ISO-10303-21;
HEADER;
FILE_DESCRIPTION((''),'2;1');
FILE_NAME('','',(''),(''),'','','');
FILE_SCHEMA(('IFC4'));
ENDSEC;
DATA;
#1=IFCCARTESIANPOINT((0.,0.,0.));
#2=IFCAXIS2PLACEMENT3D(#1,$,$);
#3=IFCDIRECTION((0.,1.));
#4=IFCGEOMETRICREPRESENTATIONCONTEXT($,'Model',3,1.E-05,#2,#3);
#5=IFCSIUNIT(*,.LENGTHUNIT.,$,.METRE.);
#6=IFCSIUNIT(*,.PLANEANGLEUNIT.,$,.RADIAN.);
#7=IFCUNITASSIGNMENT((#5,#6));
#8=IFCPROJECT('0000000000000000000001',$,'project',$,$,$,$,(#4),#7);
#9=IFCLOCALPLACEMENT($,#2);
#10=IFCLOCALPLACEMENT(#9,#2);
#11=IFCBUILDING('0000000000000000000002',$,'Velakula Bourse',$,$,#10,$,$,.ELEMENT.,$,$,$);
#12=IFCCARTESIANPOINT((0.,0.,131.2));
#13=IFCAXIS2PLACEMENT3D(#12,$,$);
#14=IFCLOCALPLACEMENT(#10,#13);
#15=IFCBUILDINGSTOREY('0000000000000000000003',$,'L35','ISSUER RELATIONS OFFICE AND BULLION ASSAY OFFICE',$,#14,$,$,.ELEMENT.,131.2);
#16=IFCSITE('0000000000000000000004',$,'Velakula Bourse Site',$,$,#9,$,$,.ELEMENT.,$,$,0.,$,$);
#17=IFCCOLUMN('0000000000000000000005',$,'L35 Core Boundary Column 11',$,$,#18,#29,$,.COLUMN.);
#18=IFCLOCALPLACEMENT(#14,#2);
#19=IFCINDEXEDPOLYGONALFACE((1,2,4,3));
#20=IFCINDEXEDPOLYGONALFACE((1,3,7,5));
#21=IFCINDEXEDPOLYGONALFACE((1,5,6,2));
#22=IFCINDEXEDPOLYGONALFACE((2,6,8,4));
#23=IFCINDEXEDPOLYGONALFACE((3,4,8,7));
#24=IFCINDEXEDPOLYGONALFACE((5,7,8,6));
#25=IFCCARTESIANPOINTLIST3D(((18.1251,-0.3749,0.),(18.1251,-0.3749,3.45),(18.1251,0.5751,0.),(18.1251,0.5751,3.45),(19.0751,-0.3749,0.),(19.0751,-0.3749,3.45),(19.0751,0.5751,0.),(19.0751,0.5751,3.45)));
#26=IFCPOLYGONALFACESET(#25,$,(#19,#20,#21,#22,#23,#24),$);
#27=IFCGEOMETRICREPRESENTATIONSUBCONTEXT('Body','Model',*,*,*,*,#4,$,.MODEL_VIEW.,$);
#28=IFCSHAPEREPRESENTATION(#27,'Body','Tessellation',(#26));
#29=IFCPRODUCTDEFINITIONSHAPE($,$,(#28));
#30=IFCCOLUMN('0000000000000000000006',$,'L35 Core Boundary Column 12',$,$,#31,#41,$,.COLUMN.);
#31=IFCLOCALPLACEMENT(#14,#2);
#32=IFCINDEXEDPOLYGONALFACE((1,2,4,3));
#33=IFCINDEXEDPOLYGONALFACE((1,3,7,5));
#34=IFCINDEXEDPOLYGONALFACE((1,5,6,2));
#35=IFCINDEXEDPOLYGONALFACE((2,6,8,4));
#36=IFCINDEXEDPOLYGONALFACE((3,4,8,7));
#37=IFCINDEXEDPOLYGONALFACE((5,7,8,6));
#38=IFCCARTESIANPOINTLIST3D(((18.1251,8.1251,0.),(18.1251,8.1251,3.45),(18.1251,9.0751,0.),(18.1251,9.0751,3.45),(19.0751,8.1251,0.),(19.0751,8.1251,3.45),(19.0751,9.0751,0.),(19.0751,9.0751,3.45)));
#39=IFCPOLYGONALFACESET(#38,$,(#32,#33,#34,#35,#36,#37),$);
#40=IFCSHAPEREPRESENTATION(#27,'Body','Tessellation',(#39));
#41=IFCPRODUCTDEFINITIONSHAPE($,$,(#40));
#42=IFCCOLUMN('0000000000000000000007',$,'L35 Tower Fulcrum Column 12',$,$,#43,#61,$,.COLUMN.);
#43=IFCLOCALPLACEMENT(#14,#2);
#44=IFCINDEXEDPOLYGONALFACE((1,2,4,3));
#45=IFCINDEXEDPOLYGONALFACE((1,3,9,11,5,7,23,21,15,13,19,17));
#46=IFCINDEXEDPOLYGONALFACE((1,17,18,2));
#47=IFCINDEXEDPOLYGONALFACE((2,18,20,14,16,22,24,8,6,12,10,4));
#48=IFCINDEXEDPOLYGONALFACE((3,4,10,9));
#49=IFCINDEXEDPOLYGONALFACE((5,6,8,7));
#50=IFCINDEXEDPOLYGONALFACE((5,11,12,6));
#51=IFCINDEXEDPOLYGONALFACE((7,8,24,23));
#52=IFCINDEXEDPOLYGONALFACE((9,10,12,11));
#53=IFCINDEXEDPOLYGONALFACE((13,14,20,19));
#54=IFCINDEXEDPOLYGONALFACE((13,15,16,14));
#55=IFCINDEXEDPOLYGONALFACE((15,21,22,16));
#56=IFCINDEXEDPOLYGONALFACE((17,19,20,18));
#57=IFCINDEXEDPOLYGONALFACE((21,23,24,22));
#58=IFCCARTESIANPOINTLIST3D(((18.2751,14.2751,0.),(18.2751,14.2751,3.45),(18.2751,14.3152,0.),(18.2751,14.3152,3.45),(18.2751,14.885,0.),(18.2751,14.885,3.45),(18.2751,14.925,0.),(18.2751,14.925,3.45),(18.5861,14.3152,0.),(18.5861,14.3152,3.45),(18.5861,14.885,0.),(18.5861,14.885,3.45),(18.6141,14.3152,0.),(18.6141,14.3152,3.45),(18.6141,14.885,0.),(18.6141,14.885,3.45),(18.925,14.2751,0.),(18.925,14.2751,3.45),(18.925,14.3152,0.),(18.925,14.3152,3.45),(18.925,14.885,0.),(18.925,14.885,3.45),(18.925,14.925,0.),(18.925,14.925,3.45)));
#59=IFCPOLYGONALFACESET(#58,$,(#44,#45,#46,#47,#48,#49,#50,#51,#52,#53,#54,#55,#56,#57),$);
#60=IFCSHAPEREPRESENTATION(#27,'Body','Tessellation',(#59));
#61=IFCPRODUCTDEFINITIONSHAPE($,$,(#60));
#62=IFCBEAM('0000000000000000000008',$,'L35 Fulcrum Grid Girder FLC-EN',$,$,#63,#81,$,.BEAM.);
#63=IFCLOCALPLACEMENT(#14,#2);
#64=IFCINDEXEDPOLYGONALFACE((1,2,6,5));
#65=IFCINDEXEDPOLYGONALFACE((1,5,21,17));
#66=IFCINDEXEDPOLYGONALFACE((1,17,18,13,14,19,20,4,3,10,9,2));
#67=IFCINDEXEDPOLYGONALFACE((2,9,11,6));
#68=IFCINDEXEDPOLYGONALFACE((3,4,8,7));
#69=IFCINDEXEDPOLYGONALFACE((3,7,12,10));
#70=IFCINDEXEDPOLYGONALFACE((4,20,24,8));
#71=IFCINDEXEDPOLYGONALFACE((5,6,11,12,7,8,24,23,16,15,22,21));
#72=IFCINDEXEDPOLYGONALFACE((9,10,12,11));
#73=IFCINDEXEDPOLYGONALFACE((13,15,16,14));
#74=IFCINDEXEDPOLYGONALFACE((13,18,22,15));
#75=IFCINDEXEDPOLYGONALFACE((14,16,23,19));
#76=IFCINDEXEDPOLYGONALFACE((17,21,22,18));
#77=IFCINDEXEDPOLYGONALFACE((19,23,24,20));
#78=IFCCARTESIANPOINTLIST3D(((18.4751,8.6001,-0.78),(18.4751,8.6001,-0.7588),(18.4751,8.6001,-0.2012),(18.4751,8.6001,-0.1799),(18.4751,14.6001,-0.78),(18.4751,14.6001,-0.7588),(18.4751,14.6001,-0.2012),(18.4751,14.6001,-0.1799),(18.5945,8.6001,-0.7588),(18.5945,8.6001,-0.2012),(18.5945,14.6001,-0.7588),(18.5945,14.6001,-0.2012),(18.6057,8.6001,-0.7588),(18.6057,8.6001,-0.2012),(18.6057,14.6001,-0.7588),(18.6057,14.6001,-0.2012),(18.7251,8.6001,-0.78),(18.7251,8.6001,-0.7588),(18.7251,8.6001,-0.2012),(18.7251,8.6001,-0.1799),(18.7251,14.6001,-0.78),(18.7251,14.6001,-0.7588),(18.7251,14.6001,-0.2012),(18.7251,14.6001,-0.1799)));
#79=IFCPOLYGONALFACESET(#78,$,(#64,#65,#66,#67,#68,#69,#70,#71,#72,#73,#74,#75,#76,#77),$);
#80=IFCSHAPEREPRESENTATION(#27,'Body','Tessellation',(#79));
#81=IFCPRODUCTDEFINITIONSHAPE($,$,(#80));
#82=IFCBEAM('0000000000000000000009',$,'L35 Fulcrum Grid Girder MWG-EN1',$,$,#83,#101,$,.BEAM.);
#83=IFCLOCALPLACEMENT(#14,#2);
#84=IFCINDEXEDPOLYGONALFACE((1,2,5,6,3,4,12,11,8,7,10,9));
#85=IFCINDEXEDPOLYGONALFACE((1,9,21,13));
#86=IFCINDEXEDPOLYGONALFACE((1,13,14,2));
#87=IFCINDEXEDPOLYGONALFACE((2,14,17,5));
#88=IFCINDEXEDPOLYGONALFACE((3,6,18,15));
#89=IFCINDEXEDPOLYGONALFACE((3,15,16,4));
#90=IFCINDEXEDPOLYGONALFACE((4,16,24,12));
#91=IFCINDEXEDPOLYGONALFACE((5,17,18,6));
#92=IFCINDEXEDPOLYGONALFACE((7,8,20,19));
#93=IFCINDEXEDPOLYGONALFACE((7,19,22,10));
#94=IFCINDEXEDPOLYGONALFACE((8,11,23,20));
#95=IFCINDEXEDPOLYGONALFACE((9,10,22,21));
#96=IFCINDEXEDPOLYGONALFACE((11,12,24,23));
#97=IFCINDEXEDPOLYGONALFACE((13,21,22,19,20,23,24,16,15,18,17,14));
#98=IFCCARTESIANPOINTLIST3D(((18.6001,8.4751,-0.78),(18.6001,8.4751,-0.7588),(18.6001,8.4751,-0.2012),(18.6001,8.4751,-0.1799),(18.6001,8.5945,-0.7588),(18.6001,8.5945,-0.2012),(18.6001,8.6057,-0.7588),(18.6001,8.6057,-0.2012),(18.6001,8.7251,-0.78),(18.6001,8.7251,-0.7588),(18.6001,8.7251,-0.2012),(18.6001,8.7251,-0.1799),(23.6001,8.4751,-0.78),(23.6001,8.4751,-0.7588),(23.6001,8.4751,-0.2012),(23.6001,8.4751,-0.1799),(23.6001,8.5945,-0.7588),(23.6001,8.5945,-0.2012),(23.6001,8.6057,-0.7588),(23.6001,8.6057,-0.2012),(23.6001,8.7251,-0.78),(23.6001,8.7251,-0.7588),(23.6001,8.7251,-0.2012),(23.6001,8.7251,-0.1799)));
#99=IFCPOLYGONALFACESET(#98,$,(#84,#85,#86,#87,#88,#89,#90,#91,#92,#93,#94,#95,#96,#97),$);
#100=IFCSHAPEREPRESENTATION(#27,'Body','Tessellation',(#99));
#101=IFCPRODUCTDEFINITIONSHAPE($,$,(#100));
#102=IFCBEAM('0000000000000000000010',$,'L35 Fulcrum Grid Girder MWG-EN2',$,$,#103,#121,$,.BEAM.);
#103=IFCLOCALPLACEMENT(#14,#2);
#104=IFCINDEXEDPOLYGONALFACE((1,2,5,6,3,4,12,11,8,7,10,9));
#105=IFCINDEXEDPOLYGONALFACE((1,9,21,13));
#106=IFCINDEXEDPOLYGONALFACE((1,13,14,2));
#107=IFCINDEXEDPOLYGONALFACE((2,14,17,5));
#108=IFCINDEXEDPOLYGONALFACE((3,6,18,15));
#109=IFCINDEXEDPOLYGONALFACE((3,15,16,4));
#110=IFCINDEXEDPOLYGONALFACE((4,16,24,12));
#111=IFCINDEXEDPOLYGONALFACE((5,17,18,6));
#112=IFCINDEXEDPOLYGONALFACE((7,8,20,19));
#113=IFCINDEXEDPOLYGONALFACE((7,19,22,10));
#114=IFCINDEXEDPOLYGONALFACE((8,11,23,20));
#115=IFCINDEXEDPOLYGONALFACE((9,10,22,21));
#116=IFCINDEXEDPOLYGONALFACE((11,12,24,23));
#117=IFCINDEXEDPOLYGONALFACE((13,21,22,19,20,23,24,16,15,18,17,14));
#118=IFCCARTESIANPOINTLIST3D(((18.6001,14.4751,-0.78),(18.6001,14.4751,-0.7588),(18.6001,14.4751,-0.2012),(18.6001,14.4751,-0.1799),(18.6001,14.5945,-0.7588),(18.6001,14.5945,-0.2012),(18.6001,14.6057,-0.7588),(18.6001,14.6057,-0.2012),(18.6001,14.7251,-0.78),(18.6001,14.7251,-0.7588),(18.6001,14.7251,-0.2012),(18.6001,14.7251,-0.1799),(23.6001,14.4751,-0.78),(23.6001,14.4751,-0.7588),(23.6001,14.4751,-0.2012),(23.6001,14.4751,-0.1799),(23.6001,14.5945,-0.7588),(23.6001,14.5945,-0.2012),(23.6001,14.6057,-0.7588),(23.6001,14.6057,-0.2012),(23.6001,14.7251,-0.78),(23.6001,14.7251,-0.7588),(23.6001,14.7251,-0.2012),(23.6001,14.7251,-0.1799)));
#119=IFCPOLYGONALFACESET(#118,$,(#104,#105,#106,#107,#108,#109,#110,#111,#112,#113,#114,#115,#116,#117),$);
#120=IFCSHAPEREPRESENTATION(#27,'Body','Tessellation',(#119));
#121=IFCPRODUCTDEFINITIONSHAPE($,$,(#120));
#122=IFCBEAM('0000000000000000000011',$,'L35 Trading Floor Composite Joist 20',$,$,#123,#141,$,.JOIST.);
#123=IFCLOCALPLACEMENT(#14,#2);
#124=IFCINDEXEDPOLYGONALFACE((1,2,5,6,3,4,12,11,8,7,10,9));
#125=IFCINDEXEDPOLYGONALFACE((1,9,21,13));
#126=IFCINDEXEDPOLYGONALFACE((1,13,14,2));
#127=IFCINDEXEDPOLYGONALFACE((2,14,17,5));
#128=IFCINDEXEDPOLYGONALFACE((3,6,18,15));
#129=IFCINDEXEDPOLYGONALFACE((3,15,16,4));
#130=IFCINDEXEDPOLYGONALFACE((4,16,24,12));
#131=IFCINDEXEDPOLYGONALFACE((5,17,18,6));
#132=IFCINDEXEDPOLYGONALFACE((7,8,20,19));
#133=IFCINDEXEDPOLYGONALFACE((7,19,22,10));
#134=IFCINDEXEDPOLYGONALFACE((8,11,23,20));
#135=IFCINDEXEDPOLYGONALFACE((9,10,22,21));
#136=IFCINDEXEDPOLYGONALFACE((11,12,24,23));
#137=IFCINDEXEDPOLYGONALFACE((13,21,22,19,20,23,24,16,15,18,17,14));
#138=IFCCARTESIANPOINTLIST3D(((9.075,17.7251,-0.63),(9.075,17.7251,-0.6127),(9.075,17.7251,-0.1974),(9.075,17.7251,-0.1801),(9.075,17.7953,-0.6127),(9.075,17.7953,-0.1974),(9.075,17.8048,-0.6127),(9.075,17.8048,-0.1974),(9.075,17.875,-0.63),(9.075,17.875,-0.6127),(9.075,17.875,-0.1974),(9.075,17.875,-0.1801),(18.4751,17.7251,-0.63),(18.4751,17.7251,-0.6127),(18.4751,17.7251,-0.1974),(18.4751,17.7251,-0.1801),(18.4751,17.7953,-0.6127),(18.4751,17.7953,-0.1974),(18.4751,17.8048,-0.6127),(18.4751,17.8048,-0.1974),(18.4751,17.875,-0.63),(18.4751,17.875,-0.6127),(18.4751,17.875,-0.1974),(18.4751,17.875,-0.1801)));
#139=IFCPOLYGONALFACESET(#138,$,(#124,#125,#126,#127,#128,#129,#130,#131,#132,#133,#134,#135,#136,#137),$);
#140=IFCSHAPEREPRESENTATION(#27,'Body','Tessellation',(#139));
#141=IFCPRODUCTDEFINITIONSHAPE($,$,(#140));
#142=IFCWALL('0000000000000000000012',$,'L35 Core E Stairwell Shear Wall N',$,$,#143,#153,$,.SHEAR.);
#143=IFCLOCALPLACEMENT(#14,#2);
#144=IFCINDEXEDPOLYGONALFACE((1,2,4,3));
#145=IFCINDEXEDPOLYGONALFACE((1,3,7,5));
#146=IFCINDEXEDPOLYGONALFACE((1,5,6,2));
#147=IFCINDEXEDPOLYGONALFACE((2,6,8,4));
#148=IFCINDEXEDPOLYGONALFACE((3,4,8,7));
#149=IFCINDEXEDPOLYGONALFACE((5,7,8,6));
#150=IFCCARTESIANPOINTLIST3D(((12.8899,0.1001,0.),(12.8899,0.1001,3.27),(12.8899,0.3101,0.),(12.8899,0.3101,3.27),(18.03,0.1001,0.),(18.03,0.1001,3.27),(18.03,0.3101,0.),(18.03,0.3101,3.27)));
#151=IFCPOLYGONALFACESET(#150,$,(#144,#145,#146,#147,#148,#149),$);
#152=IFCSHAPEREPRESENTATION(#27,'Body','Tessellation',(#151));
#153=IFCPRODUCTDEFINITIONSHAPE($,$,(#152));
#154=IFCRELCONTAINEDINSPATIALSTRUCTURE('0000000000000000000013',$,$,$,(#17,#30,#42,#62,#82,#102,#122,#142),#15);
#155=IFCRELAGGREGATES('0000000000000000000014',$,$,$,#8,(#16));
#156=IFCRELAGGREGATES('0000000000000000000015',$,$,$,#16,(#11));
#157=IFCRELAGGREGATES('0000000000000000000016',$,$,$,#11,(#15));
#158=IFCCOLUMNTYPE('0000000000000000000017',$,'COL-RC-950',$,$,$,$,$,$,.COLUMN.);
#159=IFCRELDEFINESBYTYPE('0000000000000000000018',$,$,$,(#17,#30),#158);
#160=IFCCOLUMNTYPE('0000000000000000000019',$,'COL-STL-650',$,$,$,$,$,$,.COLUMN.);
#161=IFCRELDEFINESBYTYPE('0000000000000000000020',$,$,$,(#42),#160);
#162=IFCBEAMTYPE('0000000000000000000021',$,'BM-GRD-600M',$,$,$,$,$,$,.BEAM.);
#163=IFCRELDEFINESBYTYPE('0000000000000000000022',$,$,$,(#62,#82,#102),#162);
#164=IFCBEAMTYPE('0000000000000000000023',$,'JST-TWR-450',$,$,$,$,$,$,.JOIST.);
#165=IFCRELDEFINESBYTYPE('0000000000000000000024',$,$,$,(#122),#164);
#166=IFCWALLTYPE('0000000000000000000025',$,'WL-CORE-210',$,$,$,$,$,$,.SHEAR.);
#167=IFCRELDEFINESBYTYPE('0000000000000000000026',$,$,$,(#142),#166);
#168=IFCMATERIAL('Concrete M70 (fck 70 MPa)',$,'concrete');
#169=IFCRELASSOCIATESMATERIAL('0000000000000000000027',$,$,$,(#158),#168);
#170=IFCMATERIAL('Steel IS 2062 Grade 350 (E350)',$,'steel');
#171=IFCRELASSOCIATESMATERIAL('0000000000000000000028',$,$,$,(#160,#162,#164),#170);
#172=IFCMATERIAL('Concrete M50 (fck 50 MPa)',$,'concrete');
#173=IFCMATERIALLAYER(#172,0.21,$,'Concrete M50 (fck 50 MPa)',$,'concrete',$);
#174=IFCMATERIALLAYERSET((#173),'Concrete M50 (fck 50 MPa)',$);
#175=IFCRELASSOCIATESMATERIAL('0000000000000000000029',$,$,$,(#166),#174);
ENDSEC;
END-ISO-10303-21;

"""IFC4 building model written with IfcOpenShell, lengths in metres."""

from ifc_helpers import new_model, si_unit, direction, frame, frame_2d, origin, origin_2d, place, context, subcontext, project, spatial, rectangle, i_section, extrude, material, layer, layer_set, material_profile, profile_set, type_object, element, save


model = new_model("IFC4")

# Units and contexts
model_context = context("Model", 3, precision=1e-05, world=origin(), true_north=direction((0.0, 1.0)))
body_context = subcontext(model_context, "Body", "Model", "MODEL_VIEW")
ifc_project = project(units=[si_unit("LENGTHUNIT", "METRE"), si_unit("PLANEANGLEUNIT", "RADIAN")], contexts=[model_context])

# Site, building, storey
site_placement = place(None, origin())
site = spatial("IfcSite", under=ifc_project, at=site_placement, Name="Velakula Bourse Site", CompositionType="ELEMENT", RefElevation=0.0)
building_placement = place(site_placement, origin())
building = spatial("IfcBuilding", under=site, at=building_placement, Name="Velakula Bourse", CompositionType="ELEMENT")
storey_placement = place(building_placement, frame((0.0, 0.0, 131.2)))
storey = spatial("IfcBuildingStorey", under=building, at=storey_placement, Name="L35", Description="ISSUER RELATIONS OFFICE AND BULLION ASSAY OFFICE", CompositionType="ELEMENT", Elevation=131.2)

# Columns
ifc_material_1 = material(Name="Concrete M70 (fck 70 MPa)", Category="concrete")
ifc_material_profile_1 = material_profile(ifc_material_1, rectangle(XDim=0.95, YDim=0.95, at=origin_2d()), Name="Concrete M70 (fck 70 MPa)")
ifc_profile_set_1 = profile_set([ifc_material_profile_1], Name="Concrete M70 (fck 70 MPa)")
column_type_1 = type_object("IfcColumnType", Name="COL-RC-950", PredefinedType="COLUMN", material=ifc_profile_set_1)
for number, where, z_axis, x_axis, name in (
    (1, (18.6001, 0.1001, 0.0), (0.0, 0.0, 1.0), (1.0, 0.0, 0.0), "L35 Core Boundary Column 11"),
    (2, (18.6001, 8.6001, 0.0), (0.0, 0.0, 1.0), (1.0, 0.0, 0.0), "L35 Core Boundary Column 12"),
):
    element("IfcColumn", number, at=place(storey_placement, frame(where, z_axis=z_axis, x_axis=x_axis)), inside=storey, type_object=column_type_1, Name=name, PredefinedType="COLUMN", context=body_context, shape_type="SweptSolid", body=[
        extrude(rectangle(XDim=0.95, YDim=0.95, at=origin_2d()), origin(), (0.0, 0.0, 1.0), 3.45),
    ])
ifc_material_2 = material(Name="Steel IS 2062 Grade 350 (E350)", Category="steel")
ifc_material_profile_2 = material_profile(ifc_material_2, i_section(OverallWidth=0.6499, OverallDepth=0.6499, WebThickness=0.0281, FlangeThickness=0.04, at=origin_2d()), Name="Steel IS 2062 Grade 350 (E350)")
ifc_profile_set_2 = profile_set([ifc_material_profile_2], Name="Steel IS 2062 Grade 350 (E350)")
column_type_2 = type_object("IfcColumnType", Name="COL-STL-650", PredefinedType="COLUMN", material=ifc_profile_set_2)
column_placement = place(storey_placement, frame((18.6001, 14.6001, 0.0), z_axis=(0.0, 0.0, 1.0), x_axis=(1.0, 0.0, 0.0)))
element("IfcColumn", 3, at=column_placement, inside=storey, type_object=column_type_2, Name="L35 Tower Fulcrum Column 12", PredefinedType="COLUMN", context=body_context, shape_type="SweptSolid", body=[
    extrude(i_section(OverallWidth=0.6499, OverallDepth=0.6499, WebThickness=0.0281, FlangeThickness=0.04, at=origin_2d()), origin(), (0.0, 0.0, 1.0), 3.45),
])

# Beams
ifc_material_profile_3 = material_profile(ifc_material_2, i_section(OverallWidth=0.25, OverallDepth=0.6001, WebThickness=0.0112, FlangeThickness=0.0212, at=origin_2d()), Name="Steel IS 2062 Grade 350 (E350)")
ifc_profile_set_3 = profile_set([ifc_material_profile_3], Name="Steel IS 2062 Grade 350 (E350)")
beam_type_1 = type_object("IfcBeamType", Name="BM-GRD-600M", PredefinedType="BEAM", material=ifc_profile_set_3)
beam_1_placement = place(storey_placement, frame((18.6001, 8.6001, -0.48), z_axis=(0.0, 1.0, 0.0), x_axis=(-1.0, 0.0, 0.0)))
element("IfcBeam", 4, at=beam_1_placement, inside=storey, type_object=beam_type_1, Name="L35 Fulcrum Grid Girder FLC-EN", PredefinedType="BEAM", context=body_context, shape_type="SweptSolid", body=[
    extrude(i_section(OverallWidth=0.25, OverallDepth=0.6001, WebThickness=0.0112, FlangeThickness=0.0212, at=origin_2d()), origin(), (0.0, 0.0, 1.0), 6.0),
])
for number, where, z_axis, x_axis, name in (
    (5, (18.6001, 8.6001, -0.48), (1.0, 0.0, 0.0), (0.0, 1.0, 0.0), "L35 Fulcrum Grid Girder MWG-EN1"),
    (6, (18.6001, 14.6001, -0.48), (1.0, 0.0, 0.0), (0.0, 1.0, 0.0), "L35 Fulcrum Grid Girder MWG-EN2"),
):
    element("IfcBeam", number, at=place(storey_placement, frame(where, z_axis=z_axis, x_axis=x_axis)), inside=storey, type_object=beam_type_1, Name=name, PredefinedType="BEAM", context=body_context, shape_type="SweptSolid", body=[
        extrude(i_section(OverallWidth=0.25, OverallDepth=0.6001, WebThickness=0.0112, FlangeThickness=0.0212, at=origin_2d()), origin(), (0.0, 0.0, 1.0), 5.0),
    ])
ifc_material_profile_4 = material_profile(ifc_material_2, i_section(OverallWidth=0.1499, OverallDepth=0.45, WebThickness=0.0095, FlangeThickness=0.0173, at=origin_2d()), Name="Steel IS 2062 Grade 350 (E350)")
ifc_profile_set_4 = profile_set([ifc_material_profile_4], Name="Steel IS 2062 Grade 350 (E350)")
beam_type_2 = type_object("IfcBeamType", Name="JST-TWR-450", PredefinedType="JOIST", material=ifc_profile_set_4)
beam_2_placement = place(storey_placement, frame((9.075, 17.8, -0.405), z_axis=(1.0, 0.0, 0.0), x_axis=(0.0, 1.0, 0.0)))
element("IfcBeam", 7, at=beam_2_placement, inside=storey, type_object=beam_type_2, Name="L35 Trading Floor Composite Joist 20", PredefinedType="JOIST", context=body_context, shape_type="SweptSolid", body=[
    extrude(i_section(OverallWidth=0.1499, OverallDepth=0.45, WebThickness=0.0095, FlangeThickness=0.0173, at=origin_2d()), origin(), (0.0, 0.0, 1.0), 9.4001),
])

# Wall
ifc_material_3 = material(Name="Concrete M50 (fck 50 MPa)", Category="concrete")
ifc_layer_1 = layer(ifc_material_3, 0.21, Name="Concrete M50 (fck 50 MPa)", Category="concrete")
ifc_layer_set_1 = layer_set([ifc_layer_1], Name="Concrete M50 (fck 50 MPa)")
wall_type_1 = type_object("IfcWallType", Name="WL-CORE-210", PredefinedType="SHEAR", material=ifc_layer_set_1)
wall_1_placement = place(storey_placement, frame((18.03, 0.2051, 0.0), z_axis=(0.0, 0.0, 1.0), x_axis=(-1.0, 0.0, 0.0)))
element("IfcWall", 8, at=wall_1_placement, inside=storey, type_object=wall_type_1, Name="L35 Core E Stairwell Shear Wall N", PredefinedType="SHEAR", context=body_context, shape_type="SweptSolid", body=[
    extrude(rectangle(XDim=5.1401, YDim=0.21, at=frame_2d((2.5701, 0.0))), origin(), (0.0, 0.0, 1.0), 3.27),
])

save(model, "model.ifc")
